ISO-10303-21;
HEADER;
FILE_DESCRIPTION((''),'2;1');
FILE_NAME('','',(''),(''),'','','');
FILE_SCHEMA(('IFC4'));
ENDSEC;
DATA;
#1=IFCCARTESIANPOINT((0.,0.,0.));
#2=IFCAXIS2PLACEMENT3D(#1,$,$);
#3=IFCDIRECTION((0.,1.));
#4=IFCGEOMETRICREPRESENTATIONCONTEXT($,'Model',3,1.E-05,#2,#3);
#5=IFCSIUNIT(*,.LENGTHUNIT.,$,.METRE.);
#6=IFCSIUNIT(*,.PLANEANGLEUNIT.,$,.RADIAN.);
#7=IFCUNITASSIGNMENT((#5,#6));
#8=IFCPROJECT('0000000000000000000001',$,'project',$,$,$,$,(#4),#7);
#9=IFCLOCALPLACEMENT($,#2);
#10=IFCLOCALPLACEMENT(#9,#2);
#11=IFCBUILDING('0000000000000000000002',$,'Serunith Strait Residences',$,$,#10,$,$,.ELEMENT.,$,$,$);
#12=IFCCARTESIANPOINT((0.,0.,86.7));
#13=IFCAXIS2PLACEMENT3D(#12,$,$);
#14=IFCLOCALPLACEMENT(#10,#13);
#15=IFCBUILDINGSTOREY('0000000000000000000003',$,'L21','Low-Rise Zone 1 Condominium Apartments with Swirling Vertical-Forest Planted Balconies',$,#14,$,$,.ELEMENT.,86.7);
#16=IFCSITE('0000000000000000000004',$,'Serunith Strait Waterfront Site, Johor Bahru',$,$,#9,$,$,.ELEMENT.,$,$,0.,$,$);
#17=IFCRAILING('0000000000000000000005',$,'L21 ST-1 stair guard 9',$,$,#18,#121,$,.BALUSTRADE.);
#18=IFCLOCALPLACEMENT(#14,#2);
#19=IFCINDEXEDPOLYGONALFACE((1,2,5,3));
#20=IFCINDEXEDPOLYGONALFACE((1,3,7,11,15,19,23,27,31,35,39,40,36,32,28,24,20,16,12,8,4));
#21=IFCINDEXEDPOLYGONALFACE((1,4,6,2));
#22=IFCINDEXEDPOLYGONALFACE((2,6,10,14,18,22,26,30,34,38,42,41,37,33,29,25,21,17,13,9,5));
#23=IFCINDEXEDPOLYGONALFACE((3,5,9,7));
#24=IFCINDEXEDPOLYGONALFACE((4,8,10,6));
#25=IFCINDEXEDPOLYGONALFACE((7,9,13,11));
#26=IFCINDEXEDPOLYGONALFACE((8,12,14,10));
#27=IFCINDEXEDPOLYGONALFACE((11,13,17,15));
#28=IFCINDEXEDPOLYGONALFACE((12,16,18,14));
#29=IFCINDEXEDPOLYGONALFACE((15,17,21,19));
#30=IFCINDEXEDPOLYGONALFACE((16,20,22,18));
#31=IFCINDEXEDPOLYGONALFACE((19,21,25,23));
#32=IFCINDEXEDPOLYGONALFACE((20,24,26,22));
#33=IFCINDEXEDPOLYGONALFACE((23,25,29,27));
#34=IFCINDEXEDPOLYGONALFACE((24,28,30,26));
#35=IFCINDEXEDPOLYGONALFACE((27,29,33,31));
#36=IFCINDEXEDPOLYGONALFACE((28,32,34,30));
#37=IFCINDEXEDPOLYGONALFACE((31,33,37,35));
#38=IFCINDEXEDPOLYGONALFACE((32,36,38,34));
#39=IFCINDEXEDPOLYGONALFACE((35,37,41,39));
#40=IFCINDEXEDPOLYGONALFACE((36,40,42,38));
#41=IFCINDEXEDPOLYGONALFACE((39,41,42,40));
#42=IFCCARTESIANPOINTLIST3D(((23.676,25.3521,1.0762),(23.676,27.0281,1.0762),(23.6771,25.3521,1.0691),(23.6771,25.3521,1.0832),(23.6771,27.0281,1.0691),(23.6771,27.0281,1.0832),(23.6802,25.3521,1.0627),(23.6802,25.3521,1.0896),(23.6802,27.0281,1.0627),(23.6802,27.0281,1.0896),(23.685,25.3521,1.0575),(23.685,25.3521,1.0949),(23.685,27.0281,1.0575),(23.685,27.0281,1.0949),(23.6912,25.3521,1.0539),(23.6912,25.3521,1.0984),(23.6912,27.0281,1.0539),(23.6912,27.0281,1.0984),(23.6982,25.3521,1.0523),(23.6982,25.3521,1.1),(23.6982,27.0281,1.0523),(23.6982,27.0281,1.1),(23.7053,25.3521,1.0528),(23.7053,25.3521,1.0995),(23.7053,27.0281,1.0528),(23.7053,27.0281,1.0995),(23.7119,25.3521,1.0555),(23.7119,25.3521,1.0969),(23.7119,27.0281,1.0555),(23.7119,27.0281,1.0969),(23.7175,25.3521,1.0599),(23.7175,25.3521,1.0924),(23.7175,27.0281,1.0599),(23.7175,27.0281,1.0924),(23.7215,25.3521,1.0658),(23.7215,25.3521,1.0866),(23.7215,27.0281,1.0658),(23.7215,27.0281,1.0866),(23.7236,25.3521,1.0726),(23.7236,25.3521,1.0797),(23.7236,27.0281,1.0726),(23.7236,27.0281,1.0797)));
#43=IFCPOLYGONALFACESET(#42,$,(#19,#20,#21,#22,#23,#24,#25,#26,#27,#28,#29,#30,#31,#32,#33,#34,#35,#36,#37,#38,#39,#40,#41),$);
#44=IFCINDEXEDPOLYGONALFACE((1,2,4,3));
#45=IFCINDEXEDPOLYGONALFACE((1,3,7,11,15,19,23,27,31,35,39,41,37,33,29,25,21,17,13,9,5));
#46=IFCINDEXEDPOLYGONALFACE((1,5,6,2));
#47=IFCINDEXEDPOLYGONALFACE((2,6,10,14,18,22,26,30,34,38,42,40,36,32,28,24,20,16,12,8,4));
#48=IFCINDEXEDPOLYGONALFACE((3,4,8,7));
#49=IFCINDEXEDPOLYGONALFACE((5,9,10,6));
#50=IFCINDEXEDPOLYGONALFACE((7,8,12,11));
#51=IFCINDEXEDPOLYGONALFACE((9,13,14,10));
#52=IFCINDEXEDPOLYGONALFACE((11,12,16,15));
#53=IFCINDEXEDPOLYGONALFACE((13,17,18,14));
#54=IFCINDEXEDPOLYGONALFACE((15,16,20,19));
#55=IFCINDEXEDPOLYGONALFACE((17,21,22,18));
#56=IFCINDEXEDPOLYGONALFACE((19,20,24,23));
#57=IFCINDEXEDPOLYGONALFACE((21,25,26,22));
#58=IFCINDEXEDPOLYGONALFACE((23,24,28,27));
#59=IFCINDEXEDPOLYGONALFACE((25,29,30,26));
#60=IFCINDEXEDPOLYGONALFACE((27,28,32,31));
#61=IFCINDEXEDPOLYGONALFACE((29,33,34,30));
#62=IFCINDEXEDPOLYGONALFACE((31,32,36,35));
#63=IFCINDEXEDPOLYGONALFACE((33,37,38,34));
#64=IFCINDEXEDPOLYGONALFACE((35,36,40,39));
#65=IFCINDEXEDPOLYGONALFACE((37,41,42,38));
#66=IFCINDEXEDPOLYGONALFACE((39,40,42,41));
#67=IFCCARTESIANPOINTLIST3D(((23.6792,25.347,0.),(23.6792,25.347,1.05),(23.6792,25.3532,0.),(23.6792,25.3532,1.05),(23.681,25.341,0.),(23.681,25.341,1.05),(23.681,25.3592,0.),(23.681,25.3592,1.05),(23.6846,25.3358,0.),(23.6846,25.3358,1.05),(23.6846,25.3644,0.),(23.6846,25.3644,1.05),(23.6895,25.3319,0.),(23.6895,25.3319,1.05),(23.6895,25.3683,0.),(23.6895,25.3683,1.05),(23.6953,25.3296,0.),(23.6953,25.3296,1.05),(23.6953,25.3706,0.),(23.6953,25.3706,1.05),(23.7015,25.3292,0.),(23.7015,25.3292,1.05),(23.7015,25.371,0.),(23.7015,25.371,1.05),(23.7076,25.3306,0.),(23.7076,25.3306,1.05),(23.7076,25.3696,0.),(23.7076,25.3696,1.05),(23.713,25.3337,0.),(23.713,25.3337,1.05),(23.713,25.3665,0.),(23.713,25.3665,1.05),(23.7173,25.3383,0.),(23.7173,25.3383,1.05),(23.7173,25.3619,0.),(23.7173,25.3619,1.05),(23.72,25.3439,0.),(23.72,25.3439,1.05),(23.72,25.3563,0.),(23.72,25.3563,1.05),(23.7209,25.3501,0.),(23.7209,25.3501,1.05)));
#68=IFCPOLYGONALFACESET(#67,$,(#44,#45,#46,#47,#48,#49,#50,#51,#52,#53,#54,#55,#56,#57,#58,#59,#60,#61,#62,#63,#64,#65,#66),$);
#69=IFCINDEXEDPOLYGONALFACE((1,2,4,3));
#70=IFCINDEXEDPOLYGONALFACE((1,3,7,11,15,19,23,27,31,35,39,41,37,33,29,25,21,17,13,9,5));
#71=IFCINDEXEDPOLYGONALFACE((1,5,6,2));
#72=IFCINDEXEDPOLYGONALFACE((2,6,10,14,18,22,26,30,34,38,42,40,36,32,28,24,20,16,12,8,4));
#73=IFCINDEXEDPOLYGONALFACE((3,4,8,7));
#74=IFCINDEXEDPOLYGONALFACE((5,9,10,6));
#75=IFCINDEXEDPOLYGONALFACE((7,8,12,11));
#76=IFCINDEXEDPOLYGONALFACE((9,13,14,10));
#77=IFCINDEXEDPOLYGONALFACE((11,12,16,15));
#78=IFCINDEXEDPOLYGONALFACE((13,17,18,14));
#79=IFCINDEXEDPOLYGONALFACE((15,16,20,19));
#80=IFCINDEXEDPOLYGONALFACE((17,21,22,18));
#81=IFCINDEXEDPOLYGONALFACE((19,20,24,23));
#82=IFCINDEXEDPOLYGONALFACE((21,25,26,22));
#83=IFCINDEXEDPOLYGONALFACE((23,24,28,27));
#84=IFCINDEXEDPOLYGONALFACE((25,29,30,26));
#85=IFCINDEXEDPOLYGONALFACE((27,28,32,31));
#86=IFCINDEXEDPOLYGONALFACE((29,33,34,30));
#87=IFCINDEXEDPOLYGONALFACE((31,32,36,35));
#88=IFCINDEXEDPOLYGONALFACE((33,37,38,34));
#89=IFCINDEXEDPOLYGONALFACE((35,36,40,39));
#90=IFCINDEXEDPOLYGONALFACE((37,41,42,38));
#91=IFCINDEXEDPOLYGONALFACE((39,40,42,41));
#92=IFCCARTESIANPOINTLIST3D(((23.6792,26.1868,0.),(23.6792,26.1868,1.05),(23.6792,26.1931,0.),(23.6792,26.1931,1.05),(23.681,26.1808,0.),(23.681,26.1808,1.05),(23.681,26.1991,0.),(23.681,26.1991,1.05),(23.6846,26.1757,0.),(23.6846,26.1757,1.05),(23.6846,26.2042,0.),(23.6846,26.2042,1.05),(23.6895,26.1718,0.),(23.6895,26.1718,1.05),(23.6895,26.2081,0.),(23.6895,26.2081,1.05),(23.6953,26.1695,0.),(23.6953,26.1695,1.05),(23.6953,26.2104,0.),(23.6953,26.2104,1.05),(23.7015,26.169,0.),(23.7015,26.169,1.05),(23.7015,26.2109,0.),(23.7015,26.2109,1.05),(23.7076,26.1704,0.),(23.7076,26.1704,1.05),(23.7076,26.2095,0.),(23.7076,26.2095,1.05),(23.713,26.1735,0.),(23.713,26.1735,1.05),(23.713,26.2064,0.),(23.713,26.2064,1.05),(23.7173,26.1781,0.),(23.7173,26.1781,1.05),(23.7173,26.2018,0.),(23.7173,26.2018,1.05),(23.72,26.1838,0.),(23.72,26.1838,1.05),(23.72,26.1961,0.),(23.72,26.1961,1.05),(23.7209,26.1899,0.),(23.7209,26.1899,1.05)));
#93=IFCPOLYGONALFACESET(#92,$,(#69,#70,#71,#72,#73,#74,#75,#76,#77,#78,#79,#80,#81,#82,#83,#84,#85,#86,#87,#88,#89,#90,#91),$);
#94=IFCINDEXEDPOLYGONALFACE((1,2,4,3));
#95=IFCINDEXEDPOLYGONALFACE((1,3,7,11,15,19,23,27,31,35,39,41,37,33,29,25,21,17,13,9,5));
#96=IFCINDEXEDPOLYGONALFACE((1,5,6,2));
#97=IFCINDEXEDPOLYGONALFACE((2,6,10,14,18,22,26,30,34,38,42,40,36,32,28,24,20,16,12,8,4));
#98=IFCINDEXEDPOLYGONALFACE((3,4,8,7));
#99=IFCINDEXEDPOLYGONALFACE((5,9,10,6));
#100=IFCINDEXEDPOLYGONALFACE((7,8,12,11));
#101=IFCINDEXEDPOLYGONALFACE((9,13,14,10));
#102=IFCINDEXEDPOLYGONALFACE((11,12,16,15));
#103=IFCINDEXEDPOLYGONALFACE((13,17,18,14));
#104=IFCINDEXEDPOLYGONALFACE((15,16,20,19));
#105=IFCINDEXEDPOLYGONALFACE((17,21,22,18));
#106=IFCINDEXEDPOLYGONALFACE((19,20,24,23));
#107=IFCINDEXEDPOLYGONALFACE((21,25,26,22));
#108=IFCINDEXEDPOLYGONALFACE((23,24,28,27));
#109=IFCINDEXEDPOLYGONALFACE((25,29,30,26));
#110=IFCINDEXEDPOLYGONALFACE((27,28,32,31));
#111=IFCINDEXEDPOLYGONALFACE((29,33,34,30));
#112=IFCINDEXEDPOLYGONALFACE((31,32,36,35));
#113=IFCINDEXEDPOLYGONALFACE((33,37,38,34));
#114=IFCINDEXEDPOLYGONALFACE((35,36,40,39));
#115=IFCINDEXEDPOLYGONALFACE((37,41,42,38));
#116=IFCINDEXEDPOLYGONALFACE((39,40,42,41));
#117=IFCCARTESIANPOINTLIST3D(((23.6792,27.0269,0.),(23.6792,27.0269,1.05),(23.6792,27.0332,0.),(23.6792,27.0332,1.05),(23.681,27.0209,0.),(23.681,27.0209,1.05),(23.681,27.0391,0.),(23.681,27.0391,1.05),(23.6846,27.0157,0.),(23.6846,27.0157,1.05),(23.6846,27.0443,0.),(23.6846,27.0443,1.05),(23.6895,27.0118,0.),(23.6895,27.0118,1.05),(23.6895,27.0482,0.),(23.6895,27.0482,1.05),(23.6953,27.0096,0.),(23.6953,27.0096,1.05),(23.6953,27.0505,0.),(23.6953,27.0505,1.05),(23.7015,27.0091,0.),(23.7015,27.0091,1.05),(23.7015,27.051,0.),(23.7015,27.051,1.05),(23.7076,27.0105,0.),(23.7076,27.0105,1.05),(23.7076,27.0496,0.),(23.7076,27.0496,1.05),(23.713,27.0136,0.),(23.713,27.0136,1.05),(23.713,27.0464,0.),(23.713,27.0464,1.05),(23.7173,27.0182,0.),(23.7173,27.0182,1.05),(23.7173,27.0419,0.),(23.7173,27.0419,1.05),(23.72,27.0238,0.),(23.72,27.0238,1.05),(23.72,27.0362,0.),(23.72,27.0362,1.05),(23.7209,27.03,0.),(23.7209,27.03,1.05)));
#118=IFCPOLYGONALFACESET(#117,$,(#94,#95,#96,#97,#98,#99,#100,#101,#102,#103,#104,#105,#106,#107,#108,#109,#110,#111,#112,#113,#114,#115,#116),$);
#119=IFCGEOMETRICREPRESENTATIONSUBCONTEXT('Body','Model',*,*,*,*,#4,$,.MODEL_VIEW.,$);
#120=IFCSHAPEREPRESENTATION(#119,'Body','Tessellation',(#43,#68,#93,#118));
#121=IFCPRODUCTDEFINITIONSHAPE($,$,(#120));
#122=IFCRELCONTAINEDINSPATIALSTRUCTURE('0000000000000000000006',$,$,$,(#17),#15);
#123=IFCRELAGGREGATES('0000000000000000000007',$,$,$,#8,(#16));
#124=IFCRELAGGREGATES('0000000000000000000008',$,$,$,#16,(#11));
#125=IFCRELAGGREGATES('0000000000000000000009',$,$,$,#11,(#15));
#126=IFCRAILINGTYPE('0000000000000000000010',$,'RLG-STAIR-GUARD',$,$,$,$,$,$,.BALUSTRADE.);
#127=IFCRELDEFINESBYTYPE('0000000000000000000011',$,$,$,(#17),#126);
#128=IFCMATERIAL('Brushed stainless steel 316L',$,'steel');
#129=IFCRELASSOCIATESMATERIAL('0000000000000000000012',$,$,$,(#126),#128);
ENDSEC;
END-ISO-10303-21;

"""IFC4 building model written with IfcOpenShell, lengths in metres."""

from ifc_helpers import new_model, si_unit, direction, frame, origin, origin_2d, place, context, subcontext, project, spatial, circle, extrude, material, type_object, element, save


model = new_model("IFC4")

# Units and contexts
model_context = context("Model", 3, precision=1e-05, world=origin(), true_north=direction((0.0, 1.0)))
body_context = subcontext(model_context, "Body", "Model", "MODEL_VIEW")
ifc_project = project(units=[si_unit("LENGTHUNIT", "METRE"), si_unit("PLANEANGLEUNIT", "RADIAN")], contexts=[model_context])

# Site, building, storey
site_placement = place(None, origin())
site = spatial("IfcSite", under=ifc_project, at=site_placement, Name="Serunith Strait Waterfront Site, Johor Bahru", CompositionType="ELEMENT", RefElevation=0.0)
building_placement = place(site_placement, origin())
building = spatial("IfcBuilding", under=site, at=building_placement, Name="Serunith Strait Residences", CompositionType="ELEMENT")
storey_placement = place(building_placement, frame((0.0, 0.0, 86.7)))
storey = spatial("IfcBuildingStorey", under=building, at=storey_placement, Name="L21", Description="Low-Rise Zone 1 Condominium Apartments with Swirling Vertical-Forest Planted Balconies", CompositionType="ELEMENT", Elevation=86.7)

# Railing
ifc_material_1 = material(Name="Brushed stainless steel 316L", Category="steel")
railing_type_1 = type_object("IfcRailingType", Name="RLG-STAIR-GUARD", PredefinedType="BALUSTRADE", material=ifc_material_1)
for number, where, name in (
    (1, (23.7, 25.3501, 0.0), "L21 ST-1 stair guard 9"),
):
    element("IfcRailing", number, at=place(storey_placement, frame(where)), inside=storey, type_object=railing_type_1, Name=name, PredefinedType="BALUSTRADE", context=body_context, shape_type="SweptSolid", body=[
        extrude(circle(Radius=0.0239, at=origin_2d()), frame((0.0, 0.002, 1.0762), z_axis=(0.0, 1.0, 0.0), x_axis=(-1.0, 0.0, 0.0)), (0.0, 0.0, 1.0), 1.676),
        extrude(circle(Radius=0.021, at=origin_2d()), origin(), (0.0, 0.0, 1.0), 1.05),
        extrude(circle(Radius=0.021, at=origin_2d()), frame((0.0, 0.8398, 0.0)), (0.0, 0.0, 1.0), 1.05),
        extrude(circle(Radius=0.021, at=origin_2d()), frame((0.0, 1.6799, 0.0)), (0.0, 0.0, 1.0), 1.05),
    ])

save(model, "model.ifc")
